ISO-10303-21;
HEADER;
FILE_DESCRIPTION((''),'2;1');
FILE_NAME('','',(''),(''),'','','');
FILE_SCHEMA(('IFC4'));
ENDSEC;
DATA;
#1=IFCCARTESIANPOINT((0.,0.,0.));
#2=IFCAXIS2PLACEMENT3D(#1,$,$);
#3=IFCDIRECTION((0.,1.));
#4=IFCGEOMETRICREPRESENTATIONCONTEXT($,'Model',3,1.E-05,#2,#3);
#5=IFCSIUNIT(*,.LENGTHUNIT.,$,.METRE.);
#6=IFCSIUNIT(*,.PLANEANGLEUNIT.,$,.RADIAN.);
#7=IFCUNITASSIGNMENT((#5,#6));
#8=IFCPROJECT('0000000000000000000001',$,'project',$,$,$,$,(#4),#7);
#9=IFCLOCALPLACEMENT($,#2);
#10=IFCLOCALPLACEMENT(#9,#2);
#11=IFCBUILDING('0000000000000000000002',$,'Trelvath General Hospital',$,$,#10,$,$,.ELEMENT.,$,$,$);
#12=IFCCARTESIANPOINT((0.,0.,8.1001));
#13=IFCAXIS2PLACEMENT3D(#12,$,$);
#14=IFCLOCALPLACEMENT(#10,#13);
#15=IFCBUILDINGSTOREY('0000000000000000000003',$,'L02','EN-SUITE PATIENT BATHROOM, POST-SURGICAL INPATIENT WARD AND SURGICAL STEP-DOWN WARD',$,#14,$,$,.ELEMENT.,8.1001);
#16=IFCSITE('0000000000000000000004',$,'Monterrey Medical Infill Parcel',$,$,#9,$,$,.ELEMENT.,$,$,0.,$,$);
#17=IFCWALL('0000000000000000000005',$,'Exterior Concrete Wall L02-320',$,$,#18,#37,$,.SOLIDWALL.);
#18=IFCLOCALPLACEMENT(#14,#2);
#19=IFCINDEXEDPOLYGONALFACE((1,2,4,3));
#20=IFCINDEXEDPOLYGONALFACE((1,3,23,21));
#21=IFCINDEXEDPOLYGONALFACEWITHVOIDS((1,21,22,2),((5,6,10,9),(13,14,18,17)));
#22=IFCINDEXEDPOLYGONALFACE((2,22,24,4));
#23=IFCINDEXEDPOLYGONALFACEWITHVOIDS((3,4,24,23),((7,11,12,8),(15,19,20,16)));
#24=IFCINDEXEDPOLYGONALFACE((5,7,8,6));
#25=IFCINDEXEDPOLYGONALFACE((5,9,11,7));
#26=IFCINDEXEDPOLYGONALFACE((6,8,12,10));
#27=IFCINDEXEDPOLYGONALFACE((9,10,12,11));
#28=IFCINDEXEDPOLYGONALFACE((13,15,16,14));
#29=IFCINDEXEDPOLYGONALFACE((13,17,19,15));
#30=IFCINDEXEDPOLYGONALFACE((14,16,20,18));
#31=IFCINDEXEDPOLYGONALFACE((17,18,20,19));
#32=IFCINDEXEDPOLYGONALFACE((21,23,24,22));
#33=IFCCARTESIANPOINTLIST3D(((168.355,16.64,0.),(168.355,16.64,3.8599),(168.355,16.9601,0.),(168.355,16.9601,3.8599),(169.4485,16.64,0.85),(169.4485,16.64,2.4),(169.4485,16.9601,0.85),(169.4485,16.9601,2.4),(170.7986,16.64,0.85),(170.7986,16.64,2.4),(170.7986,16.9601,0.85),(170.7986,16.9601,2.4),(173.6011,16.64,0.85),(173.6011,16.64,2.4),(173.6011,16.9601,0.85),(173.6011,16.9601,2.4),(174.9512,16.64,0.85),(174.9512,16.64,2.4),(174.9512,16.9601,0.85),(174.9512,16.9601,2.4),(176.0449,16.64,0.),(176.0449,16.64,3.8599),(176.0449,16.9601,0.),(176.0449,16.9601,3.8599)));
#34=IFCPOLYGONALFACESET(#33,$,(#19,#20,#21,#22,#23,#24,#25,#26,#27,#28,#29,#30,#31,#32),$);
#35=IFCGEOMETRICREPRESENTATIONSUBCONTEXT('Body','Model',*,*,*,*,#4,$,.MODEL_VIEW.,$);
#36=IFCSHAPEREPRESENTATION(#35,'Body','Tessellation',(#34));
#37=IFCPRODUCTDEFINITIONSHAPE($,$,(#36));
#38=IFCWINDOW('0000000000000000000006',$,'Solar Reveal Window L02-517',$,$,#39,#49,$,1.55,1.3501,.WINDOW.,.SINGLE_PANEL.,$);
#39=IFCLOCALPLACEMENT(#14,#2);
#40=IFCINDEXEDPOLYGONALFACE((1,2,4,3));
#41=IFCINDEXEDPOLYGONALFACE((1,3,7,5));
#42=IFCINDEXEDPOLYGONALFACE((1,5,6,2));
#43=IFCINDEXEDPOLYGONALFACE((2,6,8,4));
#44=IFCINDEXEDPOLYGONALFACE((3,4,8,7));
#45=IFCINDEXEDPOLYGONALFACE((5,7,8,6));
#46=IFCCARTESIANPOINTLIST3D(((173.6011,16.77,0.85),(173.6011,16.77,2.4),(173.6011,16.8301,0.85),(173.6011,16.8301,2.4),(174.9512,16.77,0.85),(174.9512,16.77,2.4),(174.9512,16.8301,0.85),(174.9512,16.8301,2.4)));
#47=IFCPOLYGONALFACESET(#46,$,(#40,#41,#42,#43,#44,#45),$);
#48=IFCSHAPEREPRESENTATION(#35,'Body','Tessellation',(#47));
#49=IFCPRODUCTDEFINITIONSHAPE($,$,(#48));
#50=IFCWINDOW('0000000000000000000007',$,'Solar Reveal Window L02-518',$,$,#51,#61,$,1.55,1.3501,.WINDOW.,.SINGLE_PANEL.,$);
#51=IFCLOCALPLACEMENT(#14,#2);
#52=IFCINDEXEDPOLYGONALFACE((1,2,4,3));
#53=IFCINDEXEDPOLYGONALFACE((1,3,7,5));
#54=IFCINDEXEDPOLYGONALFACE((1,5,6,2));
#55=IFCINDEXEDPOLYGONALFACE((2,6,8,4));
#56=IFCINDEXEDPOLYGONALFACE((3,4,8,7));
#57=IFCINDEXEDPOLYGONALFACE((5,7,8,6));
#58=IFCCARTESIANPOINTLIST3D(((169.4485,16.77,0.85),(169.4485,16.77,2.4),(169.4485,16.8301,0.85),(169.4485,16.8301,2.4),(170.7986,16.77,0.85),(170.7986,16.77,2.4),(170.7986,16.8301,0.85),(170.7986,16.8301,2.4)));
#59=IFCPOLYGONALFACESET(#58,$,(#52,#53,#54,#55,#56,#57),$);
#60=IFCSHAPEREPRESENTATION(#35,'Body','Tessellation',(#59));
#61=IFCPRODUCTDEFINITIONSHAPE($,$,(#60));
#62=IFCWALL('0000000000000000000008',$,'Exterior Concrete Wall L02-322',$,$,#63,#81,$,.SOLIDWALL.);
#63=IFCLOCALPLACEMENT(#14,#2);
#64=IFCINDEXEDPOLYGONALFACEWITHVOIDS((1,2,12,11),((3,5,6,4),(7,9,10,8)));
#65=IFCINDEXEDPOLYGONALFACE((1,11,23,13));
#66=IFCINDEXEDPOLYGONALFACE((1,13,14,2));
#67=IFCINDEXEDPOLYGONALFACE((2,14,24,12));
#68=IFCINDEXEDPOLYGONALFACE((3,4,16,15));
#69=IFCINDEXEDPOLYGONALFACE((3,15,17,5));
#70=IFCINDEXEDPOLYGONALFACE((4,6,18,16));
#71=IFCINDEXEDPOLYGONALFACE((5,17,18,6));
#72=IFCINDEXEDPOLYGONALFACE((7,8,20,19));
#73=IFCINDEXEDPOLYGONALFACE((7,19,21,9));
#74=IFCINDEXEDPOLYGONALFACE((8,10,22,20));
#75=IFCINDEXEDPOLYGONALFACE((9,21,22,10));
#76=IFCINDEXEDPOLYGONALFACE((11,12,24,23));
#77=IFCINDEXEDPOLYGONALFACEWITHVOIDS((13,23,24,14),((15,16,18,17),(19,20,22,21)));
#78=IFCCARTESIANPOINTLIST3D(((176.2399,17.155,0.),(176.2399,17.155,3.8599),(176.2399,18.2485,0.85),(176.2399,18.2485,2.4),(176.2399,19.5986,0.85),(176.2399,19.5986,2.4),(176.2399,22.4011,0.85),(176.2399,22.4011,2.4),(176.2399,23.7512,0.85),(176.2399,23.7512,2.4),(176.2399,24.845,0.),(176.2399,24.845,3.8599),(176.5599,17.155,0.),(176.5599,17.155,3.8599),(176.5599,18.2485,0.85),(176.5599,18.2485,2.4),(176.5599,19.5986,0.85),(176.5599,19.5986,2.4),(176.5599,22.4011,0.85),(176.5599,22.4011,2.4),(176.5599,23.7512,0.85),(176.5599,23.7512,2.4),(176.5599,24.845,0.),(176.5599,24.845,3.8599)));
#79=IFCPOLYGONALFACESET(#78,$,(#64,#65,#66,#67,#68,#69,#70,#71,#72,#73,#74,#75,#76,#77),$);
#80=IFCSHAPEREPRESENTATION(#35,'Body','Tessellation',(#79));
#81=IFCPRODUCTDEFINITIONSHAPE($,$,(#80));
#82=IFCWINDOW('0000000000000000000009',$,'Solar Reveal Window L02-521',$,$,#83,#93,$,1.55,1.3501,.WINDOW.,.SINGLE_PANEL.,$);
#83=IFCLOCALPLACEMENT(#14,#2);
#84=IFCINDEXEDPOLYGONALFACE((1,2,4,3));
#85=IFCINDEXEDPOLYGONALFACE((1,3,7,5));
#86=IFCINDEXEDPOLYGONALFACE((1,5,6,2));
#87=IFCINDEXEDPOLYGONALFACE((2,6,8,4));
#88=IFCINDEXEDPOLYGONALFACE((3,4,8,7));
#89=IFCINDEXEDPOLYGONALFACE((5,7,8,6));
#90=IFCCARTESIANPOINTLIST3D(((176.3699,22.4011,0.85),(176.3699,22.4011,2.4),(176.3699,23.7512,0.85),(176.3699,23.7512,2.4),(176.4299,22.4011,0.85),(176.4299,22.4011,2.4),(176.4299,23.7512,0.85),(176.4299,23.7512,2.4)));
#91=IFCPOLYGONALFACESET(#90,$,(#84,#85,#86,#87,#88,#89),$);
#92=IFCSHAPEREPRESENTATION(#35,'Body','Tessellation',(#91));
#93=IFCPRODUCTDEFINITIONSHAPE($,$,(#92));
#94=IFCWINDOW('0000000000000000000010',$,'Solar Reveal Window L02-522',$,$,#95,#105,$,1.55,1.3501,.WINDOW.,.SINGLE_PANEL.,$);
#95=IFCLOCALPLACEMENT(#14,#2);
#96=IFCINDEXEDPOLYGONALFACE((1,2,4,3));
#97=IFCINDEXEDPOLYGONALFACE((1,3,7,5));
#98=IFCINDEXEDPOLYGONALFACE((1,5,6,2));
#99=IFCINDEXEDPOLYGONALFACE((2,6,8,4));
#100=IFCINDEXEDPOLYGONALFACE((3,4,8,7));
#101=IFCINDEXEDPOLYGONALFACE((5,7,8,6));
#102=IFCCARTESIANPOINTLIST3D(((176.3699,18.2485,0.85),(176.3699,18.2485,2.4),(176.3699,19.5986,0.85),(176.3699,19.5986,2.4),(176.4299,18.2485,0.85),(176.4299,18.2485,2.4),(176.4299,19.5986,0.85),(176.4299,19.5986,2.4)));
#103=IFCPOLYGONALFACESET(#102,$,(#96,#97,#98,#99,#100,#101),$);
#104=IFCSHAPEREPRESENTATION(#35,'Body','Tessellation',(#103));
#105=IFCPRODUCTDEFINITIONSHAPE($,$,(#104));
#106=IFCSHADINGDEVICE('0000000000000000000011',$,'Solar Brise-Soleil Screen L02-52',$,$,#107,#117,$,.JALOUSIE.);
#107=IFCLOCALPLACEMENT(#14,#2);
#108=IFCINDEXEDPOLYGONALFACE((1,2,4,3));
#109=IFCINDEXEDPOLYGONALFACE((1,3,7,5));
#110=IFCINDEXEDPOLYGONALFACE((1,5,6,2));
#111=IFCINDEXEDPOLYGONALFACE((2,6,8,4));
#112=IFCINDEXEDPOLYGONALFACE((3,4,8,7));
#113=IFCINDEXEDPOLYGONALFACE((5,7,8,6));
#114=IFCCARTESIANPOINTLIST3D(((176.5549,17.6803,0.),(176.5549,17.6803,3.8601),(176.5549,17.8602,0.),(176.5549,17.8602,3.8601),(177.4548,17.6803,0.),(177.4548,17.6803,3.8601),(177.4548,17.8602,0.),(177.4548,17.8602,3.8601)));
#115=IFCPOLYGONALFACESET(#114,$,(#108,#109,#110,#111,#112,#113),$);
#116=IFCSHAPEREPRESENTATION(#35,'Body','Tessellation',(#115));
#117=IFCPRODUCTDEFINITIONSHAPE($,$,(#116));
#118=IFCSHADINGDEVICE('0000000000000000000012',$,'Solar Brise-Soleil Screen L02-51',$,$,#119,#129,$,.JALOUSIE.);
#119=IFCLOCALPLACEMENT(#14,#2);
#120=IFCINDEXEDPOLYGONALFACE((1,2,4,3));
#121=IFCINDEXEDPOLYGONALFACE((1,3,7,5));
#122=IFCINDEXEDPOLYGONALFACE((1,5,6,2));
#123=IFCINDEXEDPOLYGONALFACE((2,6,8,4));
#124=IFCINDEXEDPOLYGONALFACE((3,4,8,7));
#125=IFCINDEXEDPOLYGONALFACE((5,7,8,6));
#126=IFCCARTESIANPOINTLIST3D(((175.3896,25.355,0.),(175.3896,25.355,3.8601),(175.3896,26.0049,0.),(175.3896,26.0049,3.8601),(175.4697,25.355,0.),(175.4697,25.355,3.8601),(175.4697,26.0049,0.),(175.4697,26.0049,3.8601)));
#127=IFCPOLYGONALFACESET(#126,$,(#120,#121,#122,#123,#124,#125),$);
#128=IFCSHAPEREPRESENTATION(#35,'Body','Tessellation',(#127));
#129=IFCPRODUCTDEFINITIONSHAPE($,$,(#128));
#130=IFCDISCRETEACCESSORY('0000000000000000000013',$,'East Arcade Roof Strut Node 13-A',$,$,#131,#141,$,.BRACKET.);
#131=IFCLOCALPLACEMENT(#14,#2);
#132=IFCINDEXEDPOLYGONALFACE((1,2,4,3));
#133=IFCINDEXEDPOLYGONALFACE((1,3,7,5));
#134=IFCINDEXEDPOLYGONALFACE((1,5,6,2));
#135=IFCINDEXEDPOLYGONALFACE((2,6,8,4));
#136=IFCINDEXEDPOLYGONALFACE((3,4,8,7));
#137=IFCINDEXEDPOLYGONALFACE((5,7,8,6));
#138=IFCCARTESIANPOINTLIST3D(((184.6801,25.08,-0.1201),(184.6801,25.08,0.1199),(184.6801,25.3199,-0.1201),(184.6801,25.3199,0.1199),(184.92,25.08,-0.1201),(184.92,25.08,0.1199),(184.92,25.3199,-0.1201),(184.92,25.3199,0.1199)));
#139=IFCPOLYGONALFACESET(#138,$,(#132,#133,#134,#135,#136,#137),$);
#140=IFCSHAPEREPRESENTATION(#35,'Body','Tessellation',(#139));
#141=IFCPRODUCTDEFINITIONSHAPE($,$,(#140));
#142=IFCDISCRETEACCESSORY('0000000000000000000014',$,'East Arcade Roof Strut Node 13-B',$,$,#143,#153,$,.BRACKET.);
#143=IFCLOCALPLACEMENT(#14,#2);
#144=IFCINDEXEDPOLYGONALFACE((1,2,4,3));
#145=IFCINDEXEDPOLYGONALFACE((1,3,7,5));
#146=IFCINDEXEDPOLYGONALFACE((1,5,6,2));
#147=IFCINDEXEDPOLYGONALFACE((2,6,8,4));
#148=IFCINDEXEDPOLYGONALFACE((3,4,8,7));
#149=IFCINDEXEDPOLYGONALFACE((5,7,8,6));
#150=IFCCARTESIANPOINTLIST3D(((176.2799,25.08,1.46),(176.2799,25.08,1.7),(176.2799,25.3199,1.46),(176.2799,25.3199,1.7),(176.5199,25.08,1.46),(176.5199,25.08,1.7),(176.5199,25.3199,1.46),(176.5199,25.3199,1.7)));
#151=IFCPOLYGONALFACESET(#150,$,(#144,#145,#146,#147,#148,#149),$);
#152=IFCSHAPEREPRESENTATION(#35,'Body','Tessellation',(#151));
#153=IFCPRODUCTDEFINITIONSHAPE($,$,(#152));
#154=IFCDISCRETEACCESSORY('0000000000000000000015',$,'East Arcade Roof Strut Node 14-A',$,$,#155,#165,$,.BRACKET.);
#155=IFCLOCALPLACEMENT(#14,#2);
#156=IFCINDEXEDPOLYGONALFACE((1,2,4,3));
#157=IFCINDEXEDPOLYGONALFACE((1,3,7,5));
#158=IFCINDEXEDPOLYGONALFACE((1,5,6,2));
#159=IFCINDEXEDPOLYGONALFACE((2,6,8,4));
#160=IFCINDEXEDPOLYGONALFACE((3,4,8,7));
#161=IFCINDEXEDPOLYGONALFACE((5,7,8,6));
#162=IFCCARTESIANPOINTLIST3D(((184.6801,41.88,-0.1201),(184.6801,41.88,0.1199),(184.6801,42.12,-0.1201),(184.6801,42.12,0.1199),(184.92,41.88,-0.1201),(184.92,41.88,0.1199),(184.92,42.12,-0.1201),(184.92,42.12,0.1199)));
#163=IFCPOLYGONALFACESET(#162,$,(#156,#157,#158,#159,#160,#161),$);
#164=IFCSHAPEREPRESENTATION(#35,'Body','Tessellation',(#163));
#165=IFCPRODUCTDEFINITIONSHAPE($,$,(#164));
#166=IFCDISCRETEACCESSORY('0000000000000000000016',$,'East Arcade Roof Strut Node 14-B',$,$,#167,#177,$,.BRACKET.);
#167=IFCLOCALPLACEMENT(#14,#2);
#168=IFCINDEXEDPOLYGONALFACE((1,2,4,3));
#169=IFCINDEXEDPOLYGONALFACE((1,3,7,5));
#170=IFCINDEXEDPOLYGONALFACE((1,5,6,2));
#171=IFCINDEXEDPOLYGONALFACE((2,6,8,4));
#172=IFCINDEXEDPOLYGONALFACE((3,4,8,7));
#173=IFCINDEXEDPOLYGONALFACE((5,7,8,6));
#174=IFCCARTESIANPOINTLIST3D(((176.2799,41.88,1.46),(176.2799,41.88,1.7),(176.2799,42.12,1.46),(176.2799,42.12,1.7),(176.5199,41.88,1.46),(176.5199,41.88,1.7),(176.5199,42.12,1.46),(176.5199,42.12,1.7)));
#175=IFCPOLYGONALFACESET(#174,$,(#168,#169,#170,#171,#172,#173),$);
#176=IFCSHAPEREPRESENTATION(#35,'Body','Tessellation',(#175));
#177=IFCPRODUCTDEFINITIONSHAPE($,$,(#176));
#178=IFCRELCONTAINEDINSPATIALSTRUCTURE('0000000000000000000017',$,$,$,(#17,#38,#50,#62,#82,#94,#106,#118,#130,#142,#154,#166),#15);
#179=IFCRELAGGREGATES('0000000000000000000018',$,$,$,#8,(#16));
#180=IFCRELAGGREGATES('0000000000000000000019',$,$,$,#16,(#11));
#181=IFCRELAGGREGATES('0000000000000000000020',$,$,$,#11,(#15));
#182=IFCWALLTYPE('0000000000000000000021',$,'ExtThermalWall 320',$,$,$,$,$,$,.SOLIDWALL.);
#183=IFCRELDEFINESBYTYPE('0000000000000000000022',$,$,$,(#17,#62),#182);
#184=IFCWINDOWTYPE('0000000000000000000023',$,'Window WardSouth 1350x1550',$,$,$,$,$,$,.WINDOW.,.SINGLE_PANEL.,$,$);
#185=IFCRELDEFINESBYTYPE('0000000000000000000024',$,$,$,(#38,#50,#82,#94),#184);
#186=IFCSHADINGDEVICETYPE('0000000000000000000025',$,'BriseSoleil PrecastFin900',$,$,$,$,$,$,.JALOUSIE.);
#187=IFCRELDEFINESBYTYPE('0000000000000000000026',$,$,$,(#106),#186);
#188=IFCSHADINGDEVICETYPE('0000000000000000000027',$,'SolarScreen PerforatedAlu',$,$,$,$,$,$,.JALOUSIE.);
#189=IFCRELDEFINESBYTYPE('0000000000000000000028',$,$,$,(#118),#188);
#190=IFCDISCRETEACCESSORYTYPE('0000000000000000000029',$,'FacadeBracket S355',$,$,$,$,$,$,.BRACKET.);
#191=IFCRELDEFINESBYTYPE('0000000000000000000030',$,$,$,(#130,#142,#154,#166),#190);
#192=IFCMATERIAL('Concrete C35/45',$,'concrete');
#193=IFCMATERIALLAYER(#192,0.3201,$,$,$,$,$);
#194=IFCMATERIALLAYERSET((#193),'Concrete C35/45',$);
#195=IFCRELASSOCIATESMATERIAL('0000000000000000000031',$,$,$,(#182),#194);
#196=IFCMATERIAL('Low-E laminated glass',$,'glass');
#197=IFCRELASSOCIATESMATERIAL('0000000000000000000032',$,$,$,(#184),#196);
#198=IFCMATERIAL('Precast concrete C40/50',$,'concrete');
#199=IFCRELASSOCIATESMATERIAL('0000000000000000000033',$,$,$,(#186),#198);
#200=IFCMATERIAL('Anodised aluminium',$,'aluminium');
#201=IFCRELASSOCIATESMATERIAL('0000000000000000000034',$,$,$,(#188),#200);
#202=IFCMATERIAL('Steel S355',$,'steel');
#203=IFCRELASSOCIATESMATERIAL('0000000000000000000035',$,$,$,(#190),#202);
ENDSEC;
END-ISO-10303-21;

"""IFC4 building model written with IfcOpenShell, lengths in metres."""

from ifc_helpers import new_model, si_unit, direction, frame, frame_2d, origin, origin_2d, place, context, subcontext, project, spatial, rectangle, extrude, material, layer, layer_set, type_object, element, fill, save


model = new_model("IFC4")

# Units and contexts
model_context = context("Model", 3, precision=1e-05, world=origin(), true_north=direction((0.0, 1.0)))
body_context = subcontext(model_context, "Body", "Model", "MODEL_VIEW")
ifc_project = project(units=[si_unit("LENGTHUNIT", "METRE"), si_unit("PLANEANGLEUNIT", "RADIAN")], contexts=[model_context])

# Site, building, storey
site_placement = place(None, origin())
site = spatial("IfcSite", under=ifc_project, at=site_placement, Name="Monterrey Medical Infill Parcel", CompositionType="ELEMENT", RefElevation=0.0)
building_placement = place(site_placement, origin())
building = spatial("IfcBuilding", under=site, at=building_placement, Name="Trelvath General Hospital", CompositionType="ELEMENT")
storey_placement = place(building_placement, frame((0.0, 0.0, 8.1001)))
storey = spatial("IfcBuildingStorey", under=building, at=storey_placement, Name="L02", Description="EN-SUITE PATIENT BATHROOM, POST-SURGICAL INPATIENT WARD AND SURGICAL STEP-DOWN WARD", CompositionType="ELEMENT", Elevation=8.1001)

# Walls, openings, windows
ifc_material_1 = material(Name="Concrete C35/45", Category="concrete")
ifc_layer_1 = layer(ifc_material_1, 0.3201)
ifc_layer_set_1 = layer_set([ifc_layer_1], Name="Concrete C35/45")
wall_type_1 = type_object("IfcWallType", Name="ExtThermalWall 320", PredefinedType="SOLIDWALL", material=ifc_layer_set_1)
wall_1_placement = place(storey_placement, frame((176.0449, 16.8, 0.0), z_axis=(0.0, 0.0, 1.0), x_axis=(-1.0, 0.0, 0.0)))
wall_1 = element("IfcWall", 1, at=wall_1_placement, inside=storey, type_object=wall_type_1, Name="Exterior Concrete Wall L02-320", PredefinedType="SOLIDWALL", context=body_context, shape_type="SweptSolid", body=[
    extrude(rectangle(XDim=7.6899, YDim=0.3201, at=frame_2d((3.845, 0.0))), origin(), (0.0, 0.0, 1.0), 3.8599),
])
opening_1_placement = place(wall_1_placement, frame((1.0938, 0.0, 0.8501)))
opening_1 = element("IfcOpeningElement", 2, at=opening_1_placement, cuts=wall_1, PredefinedType="OPENING", context=body_context, shape_type="SweptSolid", body=[
    extrude(rectangle(XDim=1.3501, YDim=1.55, at=frame_2d((0.675, 0.7749))), frame((0.0, 0.1699, 0.0), z_axis=(0.0, -1.0, 0.0), x_axis=(1.0, 0.0, 0.0)), (0.0, 0.0, 1.0), 0.3401),
])
opening_2_placement = place(wall_1_placement, frame((5.2463, 0.0, 0.8501)))
opening_2 = element("IfcOpeningElement", 3, at=opening_2_placement, cuts=wall_1, PredefinedType="OPENING", context=body_context, shape_type="SweptSolid", body=[
    extrude(rectangle(XDim=1.3501, YDim=1.55, at=frame_2d((0.675, 0.7749))), frame((0.0, 0.1699, 0.0), z_axis=(0.0, -1.0, 0.0), x_axis=(1.0, 0.0, 0.0)), (0.0, 0.0, 1.0), 0.3401),
])
ifc_material_2 = material(Name="Low-E laminated glass", Category="glass")
window_type = type_object("IfcWindowType", Name="Window WardSouth 1350x1550", PartitioningType="SINGLE_PANEL", PredefinedType="WINDOW", material=ifc_material_2)
window_1_placement = place(opening_1_placement, origin())
window_1 = element("IfcWindow", 4, at=window_1_placement, inside=storey, type_object=window_type, Name="Solar Reveal Window L02-517", OverallHeight=1.55, OverallWidth=1.3501, PartitioningType="SINGLE_PANEL", PredefinedType="WINDOW", context=body_context, shape_type="SweptSolid", body=[
    extrude(rectangle(XDim=1.3501, YDim=1.55, at=frame_2d((0.675, 0.7749))), frame((0.0, 0.03, 0.0), z_axis=(0.0, -1.0, 0.0), x_axis=(1.0, 0.0, 0.0)), (0.0, 0.0, 1.0), 0.0601),
])
fill(opening_1, window_1)
window_2_placement = place(opening_2_placement, origin())
window_2 = element("IfcWindow", 5, at=window_2_placement, inside=storey, type_object=window_type, Name="Solar Reveal Window L02-518", OverallHeight=1.55, OverallWidth=1.3501, PartitioningType="SINGLE_PANEL", PredefinedType="WINDOW", context=body_context, shape_type="SweptSolid", body=[
    extrude(rectangle(XDim=1.3501, YDim=1.55, at=frame_2d((0.675, 0.7749))), frame((0.0, 0.03, 0.0), z_axis=(0.0, -1.0, 0.0), x_axis=(1.0, 0.0, 0.0)), (0.0, 0.0, 1.0), 0.0601),
])
fill(opening_2, window_2)
wall_2_placement = place(storey_placement, frame((176.3999, 24.845, 0.0), z_axis=(0.0, 0.0, 1.0), x_axis=(0.0, -1.0, 0.0)))
wall_2 = element("IfcWall", 6, at=wall_2_placement, inside=storey, type_object=wall_type_1, Name="Exterior Concrete Wall L02-322", PredefinedType="SOLIDWALL", context=body_context, shape_type="SweptSolid", body=[
    extrude(rectangle(XDim=7.6899, YDim=0.3201, at=frame_2d((3.845, 0.0))), origin(), (0.0, 0.0, 1.0), 3.8599),
])
opening_3_placement = place(wall_2_placement, frame((1.0938, 0.0, 0.8501)))
opening_3 = element("IfcOpeningElement", 7, at=opening_3_placement, cuts=wall_2, PredefinedType="OPENING", context=body_context, shape_type="SweptSolid", body=[
    extrude(rectangle(XDim=1.3501, YDim=1.55, at=frame_2d((0.675, 0.7749))), frame((0.0, 0.1699, 0.0), z_axis=(0.0, -1.0, 0.0), x_axis=(1.0, 0.0, 0.0)), (0.0, 0.0, 1.0), 0.3401),
])
opening_4_placement = place(wall_2_placement, frame((5.2463, 0.0, 0.8501)))
opening_4 = element("IfcOpeningElement", 8, at=opening_4_placement, cuts=wall_2, PredefinedType="OPENING", context=body_context, shape_type="SweptSolid", body=[
    extrude(rectangle(XDim=1.3501, YDim=1.55, at=frame_2d((0.675, 0.7749))), frame((0.0, 0.1699, 0.0), z_axis=(0.0, -1.0, 0.0), x_axis=(1.0, 0.0, 0.0)), (0.0, 0.0, 1.0), 0.3401),
])
window_3_placement = place(opening_3_placement, origin())
window_3 = element("IfcWindow", 9, at=window_3_placement, inside=storey, type_object=window_type, Name="Solar Reveal Window L02-521", OverallHeight=1.55, OverallWidth=1.3501, PartitioningType="SINGLE_PANEL", PredefinedType="WINDOW", context=body_context, shape_type="SweptSolid", body=[
    extrude(rectangle(XDim=1.3501, YDim=1.55, at=frame_2d((0.675, 0.7749))), frame((0.0, 0.03, 0.0), z_axis=(0.0, -1.0, 0.0), x_axis=(1.0, 0.0, 0.0)), (0.0, 0.0, 1.0), 0.0601),
])
fill(opening_3, window_3)
window_4_placement = place(opening_4_placement, origin())
window_4 = element("IfcWindow", 10, at=window_4_placement, inside=storey, type_object=window_type, Name="Solar Reveal Window L02-522", OverallHeight=1.55, OverallWidth=1.3501, PartitioningType="SINGLE_PANEL", PredefinedType="WINDOW", context=body_context, shape_type="SweptSolid", body=[
    extrude(rectangle(XDim=1.3501, YDim=1.55, at=frame_2d((0.675, 0.7749))), frame((0.0, 0.03, 0.0), z_axis=(0.0, -1.0, 0.0), x_axis=(1.0, 0.0, 0.0)), (0.0, 0.0, 1.0), 0.0601),
])
fill(opening_4, window_4)

# Shading devices
ifc_material_3 = material(Name="Precast concrete C40/50", Category="concrete")
shading_device_type_1 = type_object("IfcShadingDeviceType", Name="BriseSoleil PrecastFin900", PredefinedType="JALOUSIE", material=ifc_material_3)
shading_device_1_placement = place(storey_placement, frame((177.0049, 17.7703, 0.0), z_axis=(0.0, 0.0, 1.0), x_axis=(1.0, 0.0, 0.0)))
element("IfcShadingDevice", 11, at=shading_device_1_placement, inside=storey, type_object=shading_device_type_1, Name="Solar Brise-Soleil Screen L02-52", PredefinedType="JALOUSIE", context=body_context, shape_type="SweptSolid", body=[
    extrude(rectangle(XDim=0.8999, YDim=0.1799, at=origin_2d()), origin(), (0.0, 0.0, 1.0), 3.8601),
])
ifc_material_4 = material(Name="Anodised aluminium", Category="aluminium")
shading_device_type_2 = type_object("IfcShadingDeviceType", Name="SolarScreen PerforatedAlu", PredefinedType="JALOUSIE", material=ifc_material_4)
shading_device_2_placement = place(storey_placement, frame((175.4297, 25.6799, 0.0), z_axis=(0.0, 0.0, 1.0), x_axis=(0.0, 1.0, 0.0)))
element("IfcShadingDevice", 12, at=shading_device_2_placement, inside=storey, type_object=shading_device_type_2, Name="Solar Brise-Soleil Screen L02-51", PredefinedType="JALOUSIE", context=body_context, shape_type="SweptSolid", body=[
    extrude(rectangle(XDim=0.6499, YDim=0.0801, at=origin_2d()), origin(), (0.0, 0.0, 1.0), 3.8601),
])

# Discrete accessories
ifc_material_5 = material(Name="Steel S355", Category="steel")
discrete_accessory_type_1 = type_object("IfcDiscreteAccessoryType", Name="FacadeBracket S355", PredefinedType="BRACKET", material=ifc_material_5)
for number, where, z_axis, x_axis, name in (
    (13, (184.8, 25.2, -0.1201), (0.0, 0.0, 1.0), (1.0, 0.0, 0.0), "East Arcade Roof Strut Node 13-A"),
    (14, (176.3999, 25.2, 1.46), (0.0, 0.0, 1.0), (1.0, 0.0, 0.0), "East Arcade Roof Strut Node 13-B"),
    (15, (184.8, 42.0, -0.1201), (0.0, 0.0, 1.0), (1.0, 0.0, 0.0), "East Arcade Roof Strut Node 14-A"),
    (16, (176.3999, 42.0, 1.46), (0.0, 0.0, 1.0), (1.0, 0.0, 0.0), "East Arcade Roof Strut Node 14-B"),
):
    element("IfcDiscreteAccessory", number, at=place(storey_placement, frame(where, z_axis=z_axis, x_axis=x_axis)), inside=storey, type_object=discrete_accessory_type_1, Name=name, PredefinedType="BRACKET", context=body_context, shape_type="SweptSolid", body=[
        extrude(rectangle(XDim=0.24, YDim=0.24, at=origin_2d()), origin(), (0.0, 0.0, 1.0), 0.24),
    ])

save(model, "model.ifc")
